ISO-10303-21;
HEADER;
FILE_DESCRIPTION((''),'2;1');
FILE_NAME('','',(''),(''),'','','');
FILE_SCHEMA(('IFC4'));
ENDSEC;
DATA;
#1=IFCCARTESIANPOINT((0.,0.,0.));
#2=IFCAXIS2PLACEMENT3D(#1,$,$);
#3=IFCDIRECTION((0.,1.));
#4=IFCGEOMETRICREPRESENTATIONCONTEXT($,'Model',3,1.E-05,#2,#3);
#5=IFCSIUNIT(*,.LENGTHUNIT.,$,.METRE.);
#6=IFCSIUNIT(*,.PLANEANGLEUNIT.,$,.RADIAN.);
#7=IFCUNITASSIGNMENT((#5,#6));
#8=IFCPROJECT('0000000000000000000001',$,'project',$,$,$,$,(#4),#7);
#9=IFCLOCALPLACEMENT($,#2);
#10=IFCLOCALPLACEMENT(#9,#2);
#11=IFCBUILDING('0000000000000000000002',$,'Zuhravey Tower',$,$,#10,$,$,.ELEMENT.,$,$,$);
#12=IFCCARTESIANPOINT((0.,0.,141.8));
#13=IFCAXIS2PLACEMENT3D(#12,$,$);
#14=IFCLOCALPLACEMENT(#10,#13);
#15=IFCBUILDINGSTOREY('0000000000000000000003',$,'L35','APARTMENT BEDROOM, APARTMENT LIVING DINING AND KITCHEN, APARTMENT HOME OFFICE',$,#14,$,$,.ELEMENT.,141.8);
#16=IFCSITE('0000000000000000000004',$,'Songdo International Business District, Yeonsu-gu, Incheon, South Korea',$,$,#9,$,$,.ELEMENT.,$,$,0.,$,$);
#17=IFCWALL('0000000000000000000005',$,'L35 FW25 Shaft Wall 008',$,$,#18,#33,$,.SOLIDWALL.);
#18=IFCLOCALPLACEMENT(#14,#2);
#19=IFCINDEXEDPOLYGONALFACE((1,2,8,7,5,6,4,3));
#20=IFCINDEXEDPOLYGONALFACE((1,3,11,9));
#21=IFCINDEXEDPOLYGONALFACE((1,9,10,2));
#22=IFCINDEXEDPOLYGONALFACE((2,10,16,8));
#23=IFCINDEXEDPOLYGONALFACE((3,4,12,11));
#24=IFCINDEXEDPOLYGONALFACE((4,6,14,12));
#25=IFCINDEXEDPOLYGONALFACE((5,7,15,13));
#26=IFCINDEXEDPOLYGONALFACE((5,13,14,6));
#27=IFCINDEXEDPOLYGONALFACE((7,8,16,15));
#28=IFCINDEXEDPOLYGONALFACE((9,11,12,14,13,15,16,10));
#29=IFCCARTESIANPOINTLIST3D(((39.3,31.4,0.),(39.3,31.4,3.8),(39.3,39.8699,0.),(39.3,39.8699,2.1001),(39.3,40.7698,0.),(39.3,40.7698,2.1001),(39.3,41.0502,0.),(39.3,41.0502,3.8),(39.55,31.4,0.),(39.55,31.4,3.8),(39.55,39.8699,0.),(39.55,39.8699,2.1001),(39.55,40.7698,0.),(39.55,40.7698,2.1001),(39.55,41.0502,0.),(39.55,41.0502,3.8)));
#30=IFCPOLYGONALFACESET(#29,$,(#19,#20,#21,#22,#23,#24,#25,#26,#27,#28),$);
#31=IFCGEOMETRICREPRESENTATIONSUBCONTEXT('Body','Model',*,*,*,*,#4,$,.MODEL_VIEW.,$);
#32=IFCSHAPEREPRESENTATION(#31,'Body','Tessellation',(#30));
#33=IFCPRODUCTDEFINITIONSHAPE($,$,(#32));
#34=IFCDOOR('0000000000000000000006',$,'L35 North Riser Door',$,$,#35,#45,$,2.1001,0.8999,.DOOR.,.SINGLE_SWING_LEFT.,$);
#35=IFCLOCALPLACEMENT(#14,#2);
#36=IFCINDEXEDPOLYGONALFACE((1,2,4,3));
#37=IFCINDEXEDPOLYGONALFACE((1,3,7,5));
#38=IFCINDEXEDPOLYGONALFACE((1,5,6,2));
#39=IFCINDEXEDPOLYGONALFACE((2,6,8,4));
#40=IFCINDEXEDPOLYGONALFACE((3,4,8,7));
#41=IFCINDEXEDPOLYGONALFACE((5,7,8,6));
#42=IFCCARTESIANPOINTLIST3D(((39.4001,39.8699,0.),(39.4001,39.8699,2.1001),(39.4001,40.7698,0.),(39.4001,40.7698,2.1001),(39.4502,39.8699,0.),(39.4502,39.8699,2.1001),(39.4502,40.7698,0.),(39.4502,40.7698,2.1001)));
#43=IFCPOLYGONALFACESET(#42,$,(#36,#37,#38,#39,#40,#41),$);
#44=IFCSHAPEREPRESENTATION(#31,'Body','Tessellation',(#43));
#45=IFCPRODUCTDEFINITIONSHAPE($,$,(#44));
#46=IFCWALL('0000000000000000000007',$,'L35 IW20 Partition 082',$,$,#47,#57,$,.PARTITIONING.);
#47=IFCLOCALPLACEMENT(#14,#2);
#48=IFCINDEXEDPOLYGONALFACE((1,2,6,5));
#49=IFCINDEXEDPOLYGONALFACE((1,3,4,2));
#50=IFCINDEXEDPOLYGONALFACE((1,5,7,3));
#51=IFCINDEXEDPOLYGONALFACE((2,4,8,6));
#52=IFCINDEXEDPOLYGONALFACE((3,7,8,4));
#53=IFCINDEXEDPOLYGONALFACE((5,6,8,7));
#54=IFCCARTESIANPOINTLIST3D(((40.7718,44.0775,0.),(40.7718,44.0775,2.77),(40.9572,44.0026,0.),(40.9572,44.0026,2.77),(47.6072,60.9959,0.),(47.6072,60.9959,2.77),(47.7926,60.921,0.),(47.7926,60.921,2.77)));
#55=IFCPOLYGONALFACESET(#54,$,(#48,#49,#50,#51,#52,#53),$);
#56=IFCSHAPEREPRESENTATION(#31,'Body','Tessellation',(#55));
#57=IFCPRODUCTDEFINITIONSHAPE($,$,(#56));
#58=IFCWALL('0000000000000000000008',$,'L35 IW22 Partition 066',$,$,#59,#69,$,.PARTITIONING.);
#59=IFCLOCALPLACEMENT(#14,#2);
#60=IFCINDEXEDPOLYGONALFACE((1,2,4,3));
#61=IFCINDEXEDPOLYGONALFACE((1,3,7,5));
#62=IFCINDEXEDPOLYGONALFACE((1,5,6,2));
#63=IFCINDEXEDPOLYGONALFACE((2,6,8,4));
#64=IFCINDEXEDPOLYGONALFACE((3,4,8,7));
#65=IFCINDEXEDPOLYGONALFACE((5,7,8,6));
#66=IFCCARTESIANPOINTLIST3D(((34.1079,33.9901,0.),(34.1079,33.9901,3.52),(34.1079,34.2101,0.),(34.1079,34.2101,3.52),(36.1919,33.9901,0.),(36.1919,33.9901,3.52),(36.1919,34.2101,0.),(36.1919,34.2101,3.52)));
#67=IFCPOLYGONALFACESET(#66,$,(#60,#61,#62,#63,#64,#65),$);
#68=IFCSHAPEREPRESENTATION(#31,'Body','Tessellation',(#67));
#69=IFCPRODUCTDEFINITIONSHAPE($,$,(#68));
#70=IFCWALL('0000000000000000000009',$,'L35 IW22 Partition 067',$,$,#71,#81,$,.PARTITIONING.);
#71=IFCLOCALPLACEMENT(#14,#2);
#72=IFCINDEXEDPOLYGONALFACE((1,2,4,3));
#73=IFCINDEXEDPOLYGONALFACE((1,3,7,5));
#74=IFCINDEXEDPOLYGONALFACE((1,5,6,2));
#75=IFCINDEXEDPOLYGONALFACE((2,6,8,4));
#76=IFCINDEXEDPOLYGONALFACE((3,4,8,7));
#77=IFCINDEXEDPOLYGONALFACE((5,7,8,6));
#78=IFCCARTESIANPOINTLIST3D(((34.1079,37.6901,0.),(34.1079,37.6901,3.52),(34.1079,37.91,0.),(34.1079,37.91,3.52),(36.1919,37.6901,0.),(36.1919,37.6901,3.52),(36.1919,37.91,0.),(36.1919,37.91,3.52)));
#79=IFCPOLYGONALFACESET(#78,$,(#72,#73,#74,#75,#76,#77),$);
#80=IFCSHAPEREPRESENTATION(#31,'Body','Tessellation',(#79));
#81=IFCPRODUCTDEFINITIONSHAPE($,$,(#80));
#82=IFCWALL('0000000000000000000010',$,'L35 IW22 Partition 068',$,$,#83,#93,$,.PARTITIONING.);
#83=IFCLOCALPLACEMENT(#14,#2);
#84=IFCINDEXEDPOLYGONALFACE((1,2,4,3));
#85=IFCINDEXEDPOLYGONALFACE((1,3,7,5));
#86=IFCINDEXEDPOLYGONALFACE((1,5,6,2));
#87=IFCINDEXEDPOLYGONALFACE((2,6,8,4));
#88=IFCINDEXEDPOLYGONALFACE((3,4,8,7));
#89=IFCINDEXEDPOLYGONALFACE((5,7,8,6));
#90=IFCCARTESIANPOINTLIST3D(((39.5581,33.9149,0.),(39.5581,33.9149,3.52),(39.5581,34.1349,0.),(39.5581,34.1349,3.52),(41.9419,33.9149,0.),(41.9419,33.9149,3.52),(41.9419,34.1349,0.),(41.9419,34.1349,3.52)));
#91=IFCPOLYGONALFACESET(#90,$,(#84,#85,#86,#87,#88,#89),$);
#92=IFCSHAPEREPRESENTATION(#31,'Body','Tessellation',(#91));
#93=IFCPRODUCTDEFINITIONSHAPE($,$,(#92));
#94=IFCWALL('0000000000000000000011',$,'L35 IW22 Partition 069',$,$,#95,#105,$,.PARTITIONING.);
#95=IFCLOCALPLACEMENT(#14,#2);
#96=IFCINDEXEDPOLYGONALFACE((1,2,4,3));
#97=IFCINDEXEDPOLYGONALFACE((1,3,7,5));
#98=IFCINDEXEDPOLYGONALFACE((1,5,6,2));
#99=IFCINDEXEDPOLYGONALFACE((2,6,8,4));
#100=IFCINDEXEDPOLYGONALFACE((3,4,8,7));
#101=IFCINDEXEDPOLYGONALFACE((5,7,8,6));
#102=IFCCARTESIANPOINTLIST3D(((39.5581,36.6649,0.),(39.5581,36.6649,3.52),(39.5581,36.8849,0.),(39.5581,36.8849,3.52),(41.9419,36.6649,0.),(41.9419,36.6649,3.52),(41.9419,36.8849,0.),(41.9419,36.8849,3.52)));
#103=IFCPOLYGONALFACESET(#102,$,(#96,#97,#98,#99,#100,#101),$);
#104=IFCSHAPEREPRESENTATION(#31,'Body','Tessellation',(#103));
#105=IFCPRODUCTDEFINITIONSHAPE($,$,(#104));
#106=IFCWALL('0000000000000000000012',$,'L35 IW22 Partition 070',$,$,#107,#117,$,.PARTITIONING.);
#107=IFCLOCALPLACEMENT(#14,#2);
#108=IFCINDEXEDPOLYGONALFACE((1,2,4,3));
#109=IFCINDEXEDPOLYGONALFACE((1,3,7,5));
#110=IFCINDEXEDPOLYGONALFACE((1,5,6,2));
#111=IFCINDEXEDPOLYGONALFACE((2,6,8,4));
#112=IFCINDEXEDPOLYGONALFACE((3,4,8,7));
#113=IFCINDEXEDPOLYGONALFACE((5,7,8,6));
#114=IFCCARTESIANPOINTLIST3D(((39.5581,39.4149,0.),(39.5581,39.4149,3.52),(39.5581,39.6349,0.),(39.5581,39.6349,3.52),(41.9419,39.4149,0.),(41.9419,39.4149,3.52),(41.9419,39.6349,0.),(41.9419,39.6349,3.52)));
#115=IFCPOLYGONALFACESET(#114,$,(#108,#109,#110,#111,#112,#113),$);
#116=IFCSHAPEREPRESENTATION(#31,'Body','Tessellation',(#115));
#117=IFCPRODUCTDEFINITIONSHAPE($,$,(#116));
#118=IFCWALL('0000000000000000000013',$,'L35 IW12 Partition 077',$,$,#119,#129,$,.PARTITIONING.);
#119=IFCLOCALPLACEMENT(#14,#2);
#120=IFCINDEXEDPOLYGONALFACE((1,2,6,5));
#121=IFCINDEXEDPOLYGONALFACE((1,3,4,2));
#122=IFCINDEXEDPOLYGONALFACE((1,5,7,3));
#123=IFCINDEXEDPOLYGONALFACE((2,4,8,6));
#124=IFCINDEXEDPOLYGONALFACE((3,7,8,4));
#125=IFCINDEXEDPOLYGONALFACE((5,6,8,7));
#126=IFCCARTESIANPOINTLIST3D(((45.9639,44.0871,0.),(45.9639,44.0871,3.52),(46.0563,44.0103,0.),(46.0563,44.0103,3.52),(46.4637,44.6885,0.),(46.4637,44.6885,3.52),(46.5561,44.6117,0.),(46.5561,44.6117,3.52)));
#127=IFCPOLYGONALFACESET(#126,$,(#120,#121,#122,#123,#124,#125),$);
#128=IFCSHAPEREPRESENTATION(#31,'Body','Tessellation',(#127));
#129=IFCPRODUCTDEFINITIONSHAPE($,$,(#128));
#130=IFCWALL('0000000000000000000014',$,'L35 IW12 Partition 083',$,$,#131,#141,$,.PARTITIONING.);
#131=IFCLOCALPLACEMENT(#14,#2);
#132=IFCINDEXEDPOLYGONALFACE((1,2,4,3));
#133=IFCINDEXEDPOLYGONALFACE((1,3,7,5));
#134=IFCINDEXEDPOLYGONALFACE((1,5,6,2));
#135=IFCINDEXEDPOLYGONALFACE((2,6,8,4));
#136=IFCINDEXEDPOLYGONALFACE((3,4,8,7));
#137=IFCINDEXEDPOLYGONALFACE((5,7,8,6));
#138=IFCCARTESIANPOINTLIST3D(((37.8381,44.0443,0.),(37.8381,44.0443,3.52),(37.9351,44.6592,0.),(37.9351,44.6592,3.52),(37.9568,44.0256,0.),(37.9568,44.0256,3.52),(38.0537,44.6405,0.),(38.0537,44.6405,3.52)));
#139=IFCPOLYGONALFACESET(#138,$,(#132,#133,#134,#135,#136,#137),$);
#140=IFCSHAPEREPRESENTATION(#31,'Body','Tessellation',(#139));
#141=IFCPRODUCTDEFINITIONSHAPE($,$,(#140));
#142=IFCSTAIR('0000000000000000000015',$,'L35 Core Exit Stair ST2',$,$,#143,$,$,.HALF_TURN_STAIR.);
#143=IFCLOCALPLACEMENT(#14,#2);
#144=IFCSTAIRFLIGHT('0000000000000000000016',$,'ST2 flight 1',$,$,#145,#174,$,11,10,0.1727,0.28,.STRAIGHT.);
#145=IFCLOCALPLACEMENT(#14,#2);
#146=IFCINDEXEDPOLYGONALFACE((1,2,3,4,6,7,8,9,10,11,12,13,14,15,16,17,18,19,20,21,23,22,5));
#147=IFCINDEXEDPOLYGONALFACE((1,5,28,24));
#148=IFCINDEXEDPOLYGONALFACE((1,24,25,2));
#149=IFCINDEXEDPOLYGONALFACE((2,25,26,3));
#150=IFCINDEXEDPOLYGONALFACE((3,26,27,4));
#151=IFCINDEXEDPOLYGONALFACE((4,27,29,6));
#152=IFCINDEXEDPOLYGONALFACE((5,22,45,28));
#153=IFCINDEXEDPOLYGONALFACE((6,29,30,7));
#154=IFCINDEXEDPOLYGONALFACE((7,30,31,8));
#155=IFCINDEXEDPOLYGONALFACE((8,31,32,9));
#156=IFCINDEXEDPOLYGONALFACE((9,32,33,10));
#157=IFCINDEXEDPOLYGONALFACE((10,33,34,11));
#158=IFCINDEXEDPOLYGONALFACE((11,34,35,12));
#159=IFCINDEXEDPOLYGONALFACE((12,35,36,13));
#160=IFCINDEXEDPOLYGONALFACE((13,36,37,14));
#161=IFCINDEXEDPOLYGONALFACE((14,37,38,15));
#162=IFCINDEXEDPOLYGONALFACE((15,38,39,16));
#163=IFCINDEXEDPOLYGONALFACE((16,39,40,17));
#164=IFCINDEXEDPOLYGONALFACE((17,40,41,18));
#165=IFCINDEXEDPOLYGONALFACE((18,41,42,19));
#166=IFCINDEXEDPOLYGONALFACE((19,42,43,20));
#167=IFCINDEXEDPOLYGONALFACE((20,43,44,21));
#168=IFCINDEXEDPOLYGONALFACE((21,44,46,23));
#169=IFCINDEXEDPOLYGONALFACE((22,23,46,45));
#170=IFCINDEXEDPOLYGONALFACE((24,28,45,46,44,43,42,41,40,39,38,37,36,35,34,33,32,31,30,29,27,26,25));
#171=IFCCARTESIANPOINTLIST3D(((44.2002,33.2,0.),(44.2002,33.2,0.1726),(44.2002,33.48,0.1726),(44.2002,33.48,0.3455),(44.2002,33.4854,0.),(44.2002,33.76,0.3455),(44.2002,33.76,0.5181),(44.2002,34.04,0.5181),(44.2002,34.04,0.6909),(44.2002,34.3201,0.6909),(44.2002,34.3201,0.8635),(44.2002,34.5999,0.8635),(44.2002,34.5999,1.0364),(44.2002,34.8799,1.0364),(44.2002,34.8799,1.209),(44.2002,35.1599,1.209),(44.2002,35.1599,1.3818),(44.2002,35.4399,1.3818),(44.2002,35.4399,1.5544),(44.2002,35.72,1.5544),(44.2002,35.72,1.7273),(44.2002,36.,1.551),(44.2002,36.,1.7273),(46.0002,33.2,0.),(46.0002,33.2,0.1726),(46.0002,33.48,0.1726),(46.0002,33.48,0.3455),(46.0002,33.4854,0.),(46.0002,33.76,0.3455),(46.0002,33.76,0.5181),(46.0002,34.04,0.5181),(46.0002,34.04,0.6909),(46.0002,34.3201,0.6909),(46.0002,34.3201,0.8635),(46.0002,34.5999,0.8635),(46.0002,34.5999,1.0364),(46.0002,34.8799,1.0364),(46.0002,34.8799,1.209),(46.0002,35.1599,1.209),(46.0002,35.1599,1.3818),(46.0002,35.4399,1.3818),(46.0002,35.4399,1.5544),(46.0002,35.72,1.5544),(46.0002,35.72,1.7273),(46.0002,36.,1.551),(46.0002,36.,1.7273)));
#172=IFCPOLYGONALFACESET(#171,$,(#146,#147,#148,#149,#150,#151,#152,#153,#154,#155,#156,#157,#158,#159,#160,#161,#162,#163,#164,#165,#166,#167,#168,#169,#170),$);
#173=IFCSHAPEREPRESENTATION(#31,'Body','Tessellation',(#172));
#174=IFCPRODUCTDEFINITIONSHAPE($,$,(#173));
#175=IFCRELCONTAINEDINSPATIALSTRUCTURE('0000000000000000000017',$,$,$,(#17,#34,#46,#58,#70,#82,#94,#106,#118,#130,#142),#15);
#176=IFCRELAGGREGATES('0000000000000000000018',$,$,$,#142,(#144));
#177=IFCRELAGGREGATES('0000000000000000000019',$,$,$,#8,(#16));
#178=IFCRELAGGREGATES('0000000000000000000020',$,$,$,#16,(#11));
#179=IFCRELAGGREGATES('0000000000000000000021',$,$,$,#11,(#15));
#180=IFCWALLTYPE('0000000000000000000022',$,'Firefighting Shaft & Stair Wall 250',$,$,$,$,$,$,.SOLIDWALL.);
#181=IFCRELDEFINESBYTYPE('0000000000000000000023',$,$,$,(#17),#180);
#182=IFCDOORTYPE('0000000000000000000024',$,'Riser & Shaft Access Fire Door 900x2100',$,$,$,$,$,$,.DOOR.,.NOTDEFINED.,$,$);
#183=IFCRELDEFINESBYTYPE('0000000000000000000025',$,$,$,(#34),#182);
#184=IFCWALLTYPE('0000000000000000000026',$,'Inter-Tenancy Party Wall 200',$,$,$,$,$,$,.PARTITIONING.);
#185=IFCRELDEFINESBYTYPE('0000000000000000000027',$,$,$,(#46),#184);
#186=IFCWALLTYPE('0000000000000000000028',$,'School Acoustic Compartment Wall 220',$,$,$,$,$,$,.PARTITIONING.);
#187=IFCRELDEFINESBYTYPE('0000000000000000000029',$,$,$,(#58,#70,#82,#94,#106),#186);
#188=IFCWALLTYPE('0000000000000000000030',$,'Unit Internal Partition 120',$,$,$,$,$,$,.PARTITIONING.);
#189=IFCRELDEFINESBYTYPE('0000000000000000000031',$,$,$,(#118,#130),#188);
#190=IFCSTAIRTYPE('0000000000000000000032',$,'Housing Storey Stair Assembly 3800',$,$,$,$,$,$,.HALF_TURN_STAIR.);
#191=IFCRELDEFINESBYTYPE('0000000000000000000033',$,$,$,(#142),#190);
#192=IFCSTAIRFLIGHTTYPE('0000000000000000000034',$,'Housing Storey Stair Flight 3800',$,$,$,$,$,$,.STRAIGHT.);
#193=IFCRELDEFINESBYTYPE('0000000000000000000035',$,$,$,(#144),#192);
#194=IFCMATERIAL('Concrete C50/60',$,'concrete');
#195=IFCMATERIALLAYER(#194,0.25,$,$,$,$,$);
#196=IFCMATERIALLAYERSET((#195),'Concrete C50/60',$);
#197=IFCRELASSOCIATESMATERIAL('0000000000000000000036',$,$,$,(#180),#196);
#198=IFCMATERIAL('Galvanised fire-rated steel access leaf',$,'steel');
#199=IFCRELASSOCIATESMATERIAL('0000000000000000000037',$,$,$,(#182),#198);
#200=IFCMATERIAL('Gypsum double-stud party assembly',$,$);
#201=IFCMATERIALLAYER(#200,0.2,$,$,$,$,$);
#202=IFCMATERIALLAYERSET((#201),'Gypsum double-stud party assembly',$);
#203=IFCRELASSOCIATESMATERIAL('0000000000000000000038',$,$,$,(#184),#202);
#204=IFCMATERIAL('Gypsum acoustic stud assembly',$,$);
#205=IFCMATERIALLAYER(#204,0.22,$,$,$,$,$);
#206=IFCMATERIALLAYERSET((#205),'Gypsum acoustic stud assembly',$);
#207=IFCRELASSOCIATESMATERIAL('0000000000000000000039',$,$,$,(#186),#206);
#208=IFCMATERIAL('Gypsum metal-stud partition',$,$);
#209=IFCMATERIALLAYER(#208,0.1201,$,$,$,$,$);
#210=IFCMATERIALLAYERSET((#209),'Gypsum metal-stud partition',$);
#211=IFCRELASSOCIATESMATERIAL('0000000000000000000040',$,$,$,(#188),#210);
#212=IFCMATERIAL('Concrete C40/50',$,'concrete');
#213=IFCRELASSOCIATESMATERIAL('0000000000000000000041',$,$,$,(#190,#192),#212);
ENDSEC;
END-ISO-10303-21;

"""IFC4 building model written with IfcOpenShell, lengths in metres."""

from ifc_helpers import new_model, si_unit, direction, frame, frame_2d, origin, place, context, subcontext, project, spatial, polyline, rectangle, outline, extrude, material, layer, layer_set, type_object, element, fill, aggregate, save


model = new_model("IFC4")

# Units and contexts
model_context = context("Model", 3, precision=1e-05, world=origin(), true_north=direction((0.0, 1.0)))
body_context = subcontext(model_context, "Body", "Model", "MODEL_VIEW")
ifc_project = project(units=[si_unit("LENGTHUNIT", "METRE"), si_unit("PLANEANGLEUNIT", "RADIAN")], contexts=[model_context])

# Site, building, storey
site_placement = place(None, origin())
site = spatial("IfcSite", under=ifc_project, at=site_placement, Name="Songdo International Business District, Yeonsu-gu, Incheon, South Korea", CompositionType="ELEMENT", RefElevation=0.0)
building_placement = place(site_placement, origin())
building = spatial("IfcBuilding", under=site, at=building_placement, Name="Zuhravey Tower", CompositionType="ELEMENT")
storey_placement = place(building_placement, frame((0.0, 0.0, 141.8)))
storey = spatial("IfcBuildingStorey", under=building, at=storey_placement, Name="L35", Description="APARTMENT BEDROOM, APARTMENT LIVING DINING AND KITCHEN, APARTMENT HOME OFFICE", CompositionType="ELEMENT", Elevation=141.8)

# Shared definitions
ifc_material_1 = material(Name="Concrete C50/60", Category="concrete")
ifc_layer_1 = layer(ifc_material_1, 0.25)
ifc_layer_set_1 = layer_set([ifc_layer_1], Name="Concrete C50/60")
wall_type_1 = type_object("IfcWallType", Name="Firefighting Shaft & Stair Wall 250", PredefinedType="SOLIDWALL", material=ifc_layer_set_1)

# Shared definitions
ifc_material_2 = material(Name="Galvanised fire-rated steel access leaf", Category="steel")
door_type_1 = type_object("IfcDoorType", Name="Riser & Shaft Access Fire Door 900x2100", OperationType="NOTDEFINED", PredefinedType="DOOR", material=ifc_material_2)

# Wall, opening, door
wall_1_placement = place(storey_placement, frame((39.425, 31.3999, 0.0), z_axis=(0.0, 0.0, 1.0), x_axis=(0.0, 1.0, 0.0)))
wall_1 = element("IfcWall", 1, at=wall_1_placement, inside=storey, type_object=wall_type_1, Name="L35 FW25 Shaft Wall 008", PredefinedType="SOLIDWALL", context=body_context, shape_type="SweptSolid", body=[
    extrude(rectangle(XDim=9.6501, YDim=0.25, at=frame_2d((4.8252, 0.0))), origin(), (0.0, 0.0, 1.0), 3.8),
])
opening_1_placement = place(wall_1_placement, frame((8.47, 0.0, 0.0)))
opening_1 = element("IfcOpeningElement", 2, at=opening_1_placement, cuts=wall_1, PredefinedType="OPENING", context=body_context, shape_type="SweptSolid", body=[
    extrude(rectangle(XDim=0.8999, YDim=2.1001, at=frame_2d((0.45, 1.05))), frame((0.0, 0.137, 0.0), z_axis=(0.0, -1.0, 0.0), x_axis=(1.0, 0.0, 0.0)), (0.0, 0.0, 1.0), 0.2739),
])
door_1_placement = place(opening_1_placement, origin())
door_1 = element("IfcDoor", 3, at=door_1_placement, inside=storey, type_object=door_type_1, Name="L35 North Riser Door", OperationType="SINGLE_SWING_LEFT", OverallHeight=2.1001, OverallWidth=0.8999, PredefinedType="DOOR", context=body_context, shape_type="SweptSolid", body=[
    extrude(rectangle(XDim=0.8999, YDim=2.1001, at=frame_2d((0.45, 1.05))), frame((0.0, 0.0249, 0.0), z_axis=(0.0, -1.0, 0.0), x_axis=(1.0, 0.0, 0.0)), (0.0, 0.0, 1.0), 0.05),
])
fill(opening_1, door_1)

# Walls
ifc_material_3 = material(Name="Gypsum double-stud party assembly")
ifc_layer_2 = layer(ifc_material_3, 0.2)
ifc_layer_set_2 = layer_set([ifc_layer_2], Name="Gypsum double-stud party assembly")
wall_type_2 = type_object("IfcWallType", Name="Inter-Tenancy Party Wall 200", PredefinedType="PARTITIONING", material=ifc_layer_set_2)
wall_2_placement = place(storey_placement, frame((40.8645, 44.04, 0.0), z_axis=(0.0, 0.0, 1.0), x_axis=(0.374604, 0.927185, 0.0)))
element("IfcWall", 4, at=wall_2_placement, inside=storey, type_object=wall_type_2, Name="L35 IW20 Partition 082", PredefinedType="PARTITIONING", context=body_context, shape_type="SweptSolid", body=[
    extrude(rectangle(XDim=18.2471, YDim=0.2, at=frame_2d((9.1235, 0.0))), origin(), (0.0, 0.0, 1.0), 2.77),
])
ifc_material_4 = material(Name="Gypsum acoustic stud assembly")
ifc_layer_3 = layer(ifc_material_4, 0.22)
ifc_layer_set_3 = layer_set([ifc_layer_3], Name="Gypsum acoustic stud assembly")
wall_type_3 = type_object("IfcWallType", Name="School Acoustic Compartment Wall 220", PredefinedType="PARTITIONING", material=ifc_layer_set_3)
for number, where, z_axis, x_axis, name in (
    (5, (34.1079, 34.1001, 0.0), (0.0, 0.0, 1.0), (1.0, 0.0, 0.0), "L35 IW22 Partition 066"),
    (6, (34.1079, 37.8, 0.0), (0.0, 0.0, 1.0), (1.0, 0.0, 0.0), "L35 IW22 Partition 067"),
):
    element("IfcWall", number, at=place(storey_placement, frame(where, z_axis=z_axis, x_axis=x_axis)), inside=storey, type_object=wall_type_3, Name=name, PredefinedType="PARTITIONING", context=body_context, shape_type="SweptSolid", body=[
        extrude(rectangle(XDim=2.084, YDim=0.22, at=frame_2d((1.042, 0.0))), origin(), (0.0, 0.0, 1.0), 3.52),
    ])
for number, where, z_axis, x_axis, name in (
    (7, (39.5581, 34.0249, 0.0), (0.0, 0.0, 1.0), (1.0, 0.0, 0.0), "L35 IW22 Partition 068"),
    (8, (39.5581, 36.7749, 0.0), (0.0, 0.0, 1.0), (1.0, 0.0, 0.0), "L35 IW22 Partition 069"),
    (9, (39.5581, 39.5249, 0.0), (0.0, 0.0, 1.0), (1.0, 0.0, 0.0), "L35 IW22 Partition 070"),
):
    element("IfcWall", number, at=place(storey_placement, frame(where, z_axis=z_axis, x_axis=x_axis)), inside=storey, type_object=wall_type_3, Name=name, PredefinedType="PARTITIONING", context=body_context, shape_type="SweptSolid", body=[
        extrude(rectangle(XDim=2.3838, YDim=0.22, at=frame_2d((1.1919, 0.0))), origin(), (0.0, 0.0, 1.0), 3.52),
    ])
ifc_material_5 = material(Name="Gypsum metal-stud partition")
ifc_layer_4 = layer(ifc_material_5, 0.1201)
ifc_layer_set_4 = layer_set([ifc_layer_4], Name="Gypsum metal-stud partition")
wall_type_4 = type_object("IfcWallType", Name="Unit Internal Partition 120", PredefinedType="PARTITIONING", material=ifc_layer_set_4)
wall_3_placement = place(storey_placement, frame((46.01, 44.0486, 0.0), z_axis=(0.0, 0.0, 1.0), x_axis=(0.63917, 0.769065, 0.0)))
element("IfcWall", 10, at=wall_3_placement, inside=storey, type_object=wall_type_4, Name="L35 IW12 Partition 077", PredefinedType="PARTITIONING", context=body_context, shape_type="SweptSolid", body=[
    extrude(rectangle(XDim=0.782, YDim=0.1201, at=frame_2d((0.3911, 0.0))), origin(), (0.0, 0.0, 1.0), 3.52),
])
wall_4_placement = place(storey_placement, frame((37.8975, 44.0349, 0.0), z_axis=(0.0, 0.0, 1.0), x_axis=(0.155681, 0.987807, 0.0)))
element("IfcWall", 11, at=wall_4_placement, inside=storey, type_object=wall_type_4, Name="L35 IW12 Partition 083", PredefinedType="PARTITIONING", context=body_context, shape_type="SweptSolid", body=[
    extrude(rectangle(XDim=0.6226, YDim=0.1201, at=frame_2d((0.3113, 0.0))), origin(), (0.0, 0.0, 1.0), 3.52),
])

# Stair, stair flight
ifc_material_6 = material(Name="Concrete C40/50", Category="concrete")
stair_type = type_object("IfcStairType", Name="Housing Storey Stair Assembly 3800", PredefinedType="HALF_TURN_STAIR", material=ifc_material_6)
stair_placement = place(storey_placement, origin())
stair = element("IfcStair", 12, at=stair_placement, inside=storey, type_object=stair_type, Name="L35 Core Exit Stair ST2", PredefinedType="HALF_TURN_STAIR")
stair_flight_type = type_object("IfcStairFlightType", Name="Housing Storey Stair Flight 3800", PredefinedType="STRAIGHT", material=ifc_material_6)
stair_flight_1_placement = place(storey_placement, frame((45.1001, 33.2, 0.0), z_axis=(0.0, 0.0, 1.0), x_axis=(0.0, 1.0, 0.0)))
stair_flight_1 = element("IfcStairFlight", 13, at=stair_flight_1_placement, type_object=stair_flight_type, Name="ST2 flight 1", NumberOfRisers=11, NumberOfTreads=10, PredefinedType="STRAIGHT", RiserHeight=0.1727, TreadLength=0.28, context=body_context, shape_type="SweptSolid", body=[
    extrude(outline(polyline([(0.0, 0.0), (0.0, 0.1726), (0.28, 0.1726), (0.28, 0.3455), (0.5601, 0.3455), (0.5601, 0.5181), (0.8401, 0.5181), (0.8401, 0.6909), (1.1201, 0.6909), (1.1201, 0.8635), (1.3999, 0.8635), (1.3999, 1.0364), (1.6799, 1.0364), (1.6799, 1.209), (1.96, 1.209), (1.96, 1.3818), (2.24, 1.3818), (2.24, 1.5544), (2.52, 1.5544), (2.52, 1.7273), (2.8, 1.7273), (2.8, 1.8999), (2.8, 1.551), (0.2854, 0.0), (0.0, 0.0)])), frame((0.0, 0.8999, 0.0), z_axis=(0.0, -1.0, 0.0), x_axis=(1.0, 0.0, 0.0)), (0.0, 0.0, 1.0), 1.8),
])
aggregate(stair, [stair_flight_1])

save(model, "model.ifc")
